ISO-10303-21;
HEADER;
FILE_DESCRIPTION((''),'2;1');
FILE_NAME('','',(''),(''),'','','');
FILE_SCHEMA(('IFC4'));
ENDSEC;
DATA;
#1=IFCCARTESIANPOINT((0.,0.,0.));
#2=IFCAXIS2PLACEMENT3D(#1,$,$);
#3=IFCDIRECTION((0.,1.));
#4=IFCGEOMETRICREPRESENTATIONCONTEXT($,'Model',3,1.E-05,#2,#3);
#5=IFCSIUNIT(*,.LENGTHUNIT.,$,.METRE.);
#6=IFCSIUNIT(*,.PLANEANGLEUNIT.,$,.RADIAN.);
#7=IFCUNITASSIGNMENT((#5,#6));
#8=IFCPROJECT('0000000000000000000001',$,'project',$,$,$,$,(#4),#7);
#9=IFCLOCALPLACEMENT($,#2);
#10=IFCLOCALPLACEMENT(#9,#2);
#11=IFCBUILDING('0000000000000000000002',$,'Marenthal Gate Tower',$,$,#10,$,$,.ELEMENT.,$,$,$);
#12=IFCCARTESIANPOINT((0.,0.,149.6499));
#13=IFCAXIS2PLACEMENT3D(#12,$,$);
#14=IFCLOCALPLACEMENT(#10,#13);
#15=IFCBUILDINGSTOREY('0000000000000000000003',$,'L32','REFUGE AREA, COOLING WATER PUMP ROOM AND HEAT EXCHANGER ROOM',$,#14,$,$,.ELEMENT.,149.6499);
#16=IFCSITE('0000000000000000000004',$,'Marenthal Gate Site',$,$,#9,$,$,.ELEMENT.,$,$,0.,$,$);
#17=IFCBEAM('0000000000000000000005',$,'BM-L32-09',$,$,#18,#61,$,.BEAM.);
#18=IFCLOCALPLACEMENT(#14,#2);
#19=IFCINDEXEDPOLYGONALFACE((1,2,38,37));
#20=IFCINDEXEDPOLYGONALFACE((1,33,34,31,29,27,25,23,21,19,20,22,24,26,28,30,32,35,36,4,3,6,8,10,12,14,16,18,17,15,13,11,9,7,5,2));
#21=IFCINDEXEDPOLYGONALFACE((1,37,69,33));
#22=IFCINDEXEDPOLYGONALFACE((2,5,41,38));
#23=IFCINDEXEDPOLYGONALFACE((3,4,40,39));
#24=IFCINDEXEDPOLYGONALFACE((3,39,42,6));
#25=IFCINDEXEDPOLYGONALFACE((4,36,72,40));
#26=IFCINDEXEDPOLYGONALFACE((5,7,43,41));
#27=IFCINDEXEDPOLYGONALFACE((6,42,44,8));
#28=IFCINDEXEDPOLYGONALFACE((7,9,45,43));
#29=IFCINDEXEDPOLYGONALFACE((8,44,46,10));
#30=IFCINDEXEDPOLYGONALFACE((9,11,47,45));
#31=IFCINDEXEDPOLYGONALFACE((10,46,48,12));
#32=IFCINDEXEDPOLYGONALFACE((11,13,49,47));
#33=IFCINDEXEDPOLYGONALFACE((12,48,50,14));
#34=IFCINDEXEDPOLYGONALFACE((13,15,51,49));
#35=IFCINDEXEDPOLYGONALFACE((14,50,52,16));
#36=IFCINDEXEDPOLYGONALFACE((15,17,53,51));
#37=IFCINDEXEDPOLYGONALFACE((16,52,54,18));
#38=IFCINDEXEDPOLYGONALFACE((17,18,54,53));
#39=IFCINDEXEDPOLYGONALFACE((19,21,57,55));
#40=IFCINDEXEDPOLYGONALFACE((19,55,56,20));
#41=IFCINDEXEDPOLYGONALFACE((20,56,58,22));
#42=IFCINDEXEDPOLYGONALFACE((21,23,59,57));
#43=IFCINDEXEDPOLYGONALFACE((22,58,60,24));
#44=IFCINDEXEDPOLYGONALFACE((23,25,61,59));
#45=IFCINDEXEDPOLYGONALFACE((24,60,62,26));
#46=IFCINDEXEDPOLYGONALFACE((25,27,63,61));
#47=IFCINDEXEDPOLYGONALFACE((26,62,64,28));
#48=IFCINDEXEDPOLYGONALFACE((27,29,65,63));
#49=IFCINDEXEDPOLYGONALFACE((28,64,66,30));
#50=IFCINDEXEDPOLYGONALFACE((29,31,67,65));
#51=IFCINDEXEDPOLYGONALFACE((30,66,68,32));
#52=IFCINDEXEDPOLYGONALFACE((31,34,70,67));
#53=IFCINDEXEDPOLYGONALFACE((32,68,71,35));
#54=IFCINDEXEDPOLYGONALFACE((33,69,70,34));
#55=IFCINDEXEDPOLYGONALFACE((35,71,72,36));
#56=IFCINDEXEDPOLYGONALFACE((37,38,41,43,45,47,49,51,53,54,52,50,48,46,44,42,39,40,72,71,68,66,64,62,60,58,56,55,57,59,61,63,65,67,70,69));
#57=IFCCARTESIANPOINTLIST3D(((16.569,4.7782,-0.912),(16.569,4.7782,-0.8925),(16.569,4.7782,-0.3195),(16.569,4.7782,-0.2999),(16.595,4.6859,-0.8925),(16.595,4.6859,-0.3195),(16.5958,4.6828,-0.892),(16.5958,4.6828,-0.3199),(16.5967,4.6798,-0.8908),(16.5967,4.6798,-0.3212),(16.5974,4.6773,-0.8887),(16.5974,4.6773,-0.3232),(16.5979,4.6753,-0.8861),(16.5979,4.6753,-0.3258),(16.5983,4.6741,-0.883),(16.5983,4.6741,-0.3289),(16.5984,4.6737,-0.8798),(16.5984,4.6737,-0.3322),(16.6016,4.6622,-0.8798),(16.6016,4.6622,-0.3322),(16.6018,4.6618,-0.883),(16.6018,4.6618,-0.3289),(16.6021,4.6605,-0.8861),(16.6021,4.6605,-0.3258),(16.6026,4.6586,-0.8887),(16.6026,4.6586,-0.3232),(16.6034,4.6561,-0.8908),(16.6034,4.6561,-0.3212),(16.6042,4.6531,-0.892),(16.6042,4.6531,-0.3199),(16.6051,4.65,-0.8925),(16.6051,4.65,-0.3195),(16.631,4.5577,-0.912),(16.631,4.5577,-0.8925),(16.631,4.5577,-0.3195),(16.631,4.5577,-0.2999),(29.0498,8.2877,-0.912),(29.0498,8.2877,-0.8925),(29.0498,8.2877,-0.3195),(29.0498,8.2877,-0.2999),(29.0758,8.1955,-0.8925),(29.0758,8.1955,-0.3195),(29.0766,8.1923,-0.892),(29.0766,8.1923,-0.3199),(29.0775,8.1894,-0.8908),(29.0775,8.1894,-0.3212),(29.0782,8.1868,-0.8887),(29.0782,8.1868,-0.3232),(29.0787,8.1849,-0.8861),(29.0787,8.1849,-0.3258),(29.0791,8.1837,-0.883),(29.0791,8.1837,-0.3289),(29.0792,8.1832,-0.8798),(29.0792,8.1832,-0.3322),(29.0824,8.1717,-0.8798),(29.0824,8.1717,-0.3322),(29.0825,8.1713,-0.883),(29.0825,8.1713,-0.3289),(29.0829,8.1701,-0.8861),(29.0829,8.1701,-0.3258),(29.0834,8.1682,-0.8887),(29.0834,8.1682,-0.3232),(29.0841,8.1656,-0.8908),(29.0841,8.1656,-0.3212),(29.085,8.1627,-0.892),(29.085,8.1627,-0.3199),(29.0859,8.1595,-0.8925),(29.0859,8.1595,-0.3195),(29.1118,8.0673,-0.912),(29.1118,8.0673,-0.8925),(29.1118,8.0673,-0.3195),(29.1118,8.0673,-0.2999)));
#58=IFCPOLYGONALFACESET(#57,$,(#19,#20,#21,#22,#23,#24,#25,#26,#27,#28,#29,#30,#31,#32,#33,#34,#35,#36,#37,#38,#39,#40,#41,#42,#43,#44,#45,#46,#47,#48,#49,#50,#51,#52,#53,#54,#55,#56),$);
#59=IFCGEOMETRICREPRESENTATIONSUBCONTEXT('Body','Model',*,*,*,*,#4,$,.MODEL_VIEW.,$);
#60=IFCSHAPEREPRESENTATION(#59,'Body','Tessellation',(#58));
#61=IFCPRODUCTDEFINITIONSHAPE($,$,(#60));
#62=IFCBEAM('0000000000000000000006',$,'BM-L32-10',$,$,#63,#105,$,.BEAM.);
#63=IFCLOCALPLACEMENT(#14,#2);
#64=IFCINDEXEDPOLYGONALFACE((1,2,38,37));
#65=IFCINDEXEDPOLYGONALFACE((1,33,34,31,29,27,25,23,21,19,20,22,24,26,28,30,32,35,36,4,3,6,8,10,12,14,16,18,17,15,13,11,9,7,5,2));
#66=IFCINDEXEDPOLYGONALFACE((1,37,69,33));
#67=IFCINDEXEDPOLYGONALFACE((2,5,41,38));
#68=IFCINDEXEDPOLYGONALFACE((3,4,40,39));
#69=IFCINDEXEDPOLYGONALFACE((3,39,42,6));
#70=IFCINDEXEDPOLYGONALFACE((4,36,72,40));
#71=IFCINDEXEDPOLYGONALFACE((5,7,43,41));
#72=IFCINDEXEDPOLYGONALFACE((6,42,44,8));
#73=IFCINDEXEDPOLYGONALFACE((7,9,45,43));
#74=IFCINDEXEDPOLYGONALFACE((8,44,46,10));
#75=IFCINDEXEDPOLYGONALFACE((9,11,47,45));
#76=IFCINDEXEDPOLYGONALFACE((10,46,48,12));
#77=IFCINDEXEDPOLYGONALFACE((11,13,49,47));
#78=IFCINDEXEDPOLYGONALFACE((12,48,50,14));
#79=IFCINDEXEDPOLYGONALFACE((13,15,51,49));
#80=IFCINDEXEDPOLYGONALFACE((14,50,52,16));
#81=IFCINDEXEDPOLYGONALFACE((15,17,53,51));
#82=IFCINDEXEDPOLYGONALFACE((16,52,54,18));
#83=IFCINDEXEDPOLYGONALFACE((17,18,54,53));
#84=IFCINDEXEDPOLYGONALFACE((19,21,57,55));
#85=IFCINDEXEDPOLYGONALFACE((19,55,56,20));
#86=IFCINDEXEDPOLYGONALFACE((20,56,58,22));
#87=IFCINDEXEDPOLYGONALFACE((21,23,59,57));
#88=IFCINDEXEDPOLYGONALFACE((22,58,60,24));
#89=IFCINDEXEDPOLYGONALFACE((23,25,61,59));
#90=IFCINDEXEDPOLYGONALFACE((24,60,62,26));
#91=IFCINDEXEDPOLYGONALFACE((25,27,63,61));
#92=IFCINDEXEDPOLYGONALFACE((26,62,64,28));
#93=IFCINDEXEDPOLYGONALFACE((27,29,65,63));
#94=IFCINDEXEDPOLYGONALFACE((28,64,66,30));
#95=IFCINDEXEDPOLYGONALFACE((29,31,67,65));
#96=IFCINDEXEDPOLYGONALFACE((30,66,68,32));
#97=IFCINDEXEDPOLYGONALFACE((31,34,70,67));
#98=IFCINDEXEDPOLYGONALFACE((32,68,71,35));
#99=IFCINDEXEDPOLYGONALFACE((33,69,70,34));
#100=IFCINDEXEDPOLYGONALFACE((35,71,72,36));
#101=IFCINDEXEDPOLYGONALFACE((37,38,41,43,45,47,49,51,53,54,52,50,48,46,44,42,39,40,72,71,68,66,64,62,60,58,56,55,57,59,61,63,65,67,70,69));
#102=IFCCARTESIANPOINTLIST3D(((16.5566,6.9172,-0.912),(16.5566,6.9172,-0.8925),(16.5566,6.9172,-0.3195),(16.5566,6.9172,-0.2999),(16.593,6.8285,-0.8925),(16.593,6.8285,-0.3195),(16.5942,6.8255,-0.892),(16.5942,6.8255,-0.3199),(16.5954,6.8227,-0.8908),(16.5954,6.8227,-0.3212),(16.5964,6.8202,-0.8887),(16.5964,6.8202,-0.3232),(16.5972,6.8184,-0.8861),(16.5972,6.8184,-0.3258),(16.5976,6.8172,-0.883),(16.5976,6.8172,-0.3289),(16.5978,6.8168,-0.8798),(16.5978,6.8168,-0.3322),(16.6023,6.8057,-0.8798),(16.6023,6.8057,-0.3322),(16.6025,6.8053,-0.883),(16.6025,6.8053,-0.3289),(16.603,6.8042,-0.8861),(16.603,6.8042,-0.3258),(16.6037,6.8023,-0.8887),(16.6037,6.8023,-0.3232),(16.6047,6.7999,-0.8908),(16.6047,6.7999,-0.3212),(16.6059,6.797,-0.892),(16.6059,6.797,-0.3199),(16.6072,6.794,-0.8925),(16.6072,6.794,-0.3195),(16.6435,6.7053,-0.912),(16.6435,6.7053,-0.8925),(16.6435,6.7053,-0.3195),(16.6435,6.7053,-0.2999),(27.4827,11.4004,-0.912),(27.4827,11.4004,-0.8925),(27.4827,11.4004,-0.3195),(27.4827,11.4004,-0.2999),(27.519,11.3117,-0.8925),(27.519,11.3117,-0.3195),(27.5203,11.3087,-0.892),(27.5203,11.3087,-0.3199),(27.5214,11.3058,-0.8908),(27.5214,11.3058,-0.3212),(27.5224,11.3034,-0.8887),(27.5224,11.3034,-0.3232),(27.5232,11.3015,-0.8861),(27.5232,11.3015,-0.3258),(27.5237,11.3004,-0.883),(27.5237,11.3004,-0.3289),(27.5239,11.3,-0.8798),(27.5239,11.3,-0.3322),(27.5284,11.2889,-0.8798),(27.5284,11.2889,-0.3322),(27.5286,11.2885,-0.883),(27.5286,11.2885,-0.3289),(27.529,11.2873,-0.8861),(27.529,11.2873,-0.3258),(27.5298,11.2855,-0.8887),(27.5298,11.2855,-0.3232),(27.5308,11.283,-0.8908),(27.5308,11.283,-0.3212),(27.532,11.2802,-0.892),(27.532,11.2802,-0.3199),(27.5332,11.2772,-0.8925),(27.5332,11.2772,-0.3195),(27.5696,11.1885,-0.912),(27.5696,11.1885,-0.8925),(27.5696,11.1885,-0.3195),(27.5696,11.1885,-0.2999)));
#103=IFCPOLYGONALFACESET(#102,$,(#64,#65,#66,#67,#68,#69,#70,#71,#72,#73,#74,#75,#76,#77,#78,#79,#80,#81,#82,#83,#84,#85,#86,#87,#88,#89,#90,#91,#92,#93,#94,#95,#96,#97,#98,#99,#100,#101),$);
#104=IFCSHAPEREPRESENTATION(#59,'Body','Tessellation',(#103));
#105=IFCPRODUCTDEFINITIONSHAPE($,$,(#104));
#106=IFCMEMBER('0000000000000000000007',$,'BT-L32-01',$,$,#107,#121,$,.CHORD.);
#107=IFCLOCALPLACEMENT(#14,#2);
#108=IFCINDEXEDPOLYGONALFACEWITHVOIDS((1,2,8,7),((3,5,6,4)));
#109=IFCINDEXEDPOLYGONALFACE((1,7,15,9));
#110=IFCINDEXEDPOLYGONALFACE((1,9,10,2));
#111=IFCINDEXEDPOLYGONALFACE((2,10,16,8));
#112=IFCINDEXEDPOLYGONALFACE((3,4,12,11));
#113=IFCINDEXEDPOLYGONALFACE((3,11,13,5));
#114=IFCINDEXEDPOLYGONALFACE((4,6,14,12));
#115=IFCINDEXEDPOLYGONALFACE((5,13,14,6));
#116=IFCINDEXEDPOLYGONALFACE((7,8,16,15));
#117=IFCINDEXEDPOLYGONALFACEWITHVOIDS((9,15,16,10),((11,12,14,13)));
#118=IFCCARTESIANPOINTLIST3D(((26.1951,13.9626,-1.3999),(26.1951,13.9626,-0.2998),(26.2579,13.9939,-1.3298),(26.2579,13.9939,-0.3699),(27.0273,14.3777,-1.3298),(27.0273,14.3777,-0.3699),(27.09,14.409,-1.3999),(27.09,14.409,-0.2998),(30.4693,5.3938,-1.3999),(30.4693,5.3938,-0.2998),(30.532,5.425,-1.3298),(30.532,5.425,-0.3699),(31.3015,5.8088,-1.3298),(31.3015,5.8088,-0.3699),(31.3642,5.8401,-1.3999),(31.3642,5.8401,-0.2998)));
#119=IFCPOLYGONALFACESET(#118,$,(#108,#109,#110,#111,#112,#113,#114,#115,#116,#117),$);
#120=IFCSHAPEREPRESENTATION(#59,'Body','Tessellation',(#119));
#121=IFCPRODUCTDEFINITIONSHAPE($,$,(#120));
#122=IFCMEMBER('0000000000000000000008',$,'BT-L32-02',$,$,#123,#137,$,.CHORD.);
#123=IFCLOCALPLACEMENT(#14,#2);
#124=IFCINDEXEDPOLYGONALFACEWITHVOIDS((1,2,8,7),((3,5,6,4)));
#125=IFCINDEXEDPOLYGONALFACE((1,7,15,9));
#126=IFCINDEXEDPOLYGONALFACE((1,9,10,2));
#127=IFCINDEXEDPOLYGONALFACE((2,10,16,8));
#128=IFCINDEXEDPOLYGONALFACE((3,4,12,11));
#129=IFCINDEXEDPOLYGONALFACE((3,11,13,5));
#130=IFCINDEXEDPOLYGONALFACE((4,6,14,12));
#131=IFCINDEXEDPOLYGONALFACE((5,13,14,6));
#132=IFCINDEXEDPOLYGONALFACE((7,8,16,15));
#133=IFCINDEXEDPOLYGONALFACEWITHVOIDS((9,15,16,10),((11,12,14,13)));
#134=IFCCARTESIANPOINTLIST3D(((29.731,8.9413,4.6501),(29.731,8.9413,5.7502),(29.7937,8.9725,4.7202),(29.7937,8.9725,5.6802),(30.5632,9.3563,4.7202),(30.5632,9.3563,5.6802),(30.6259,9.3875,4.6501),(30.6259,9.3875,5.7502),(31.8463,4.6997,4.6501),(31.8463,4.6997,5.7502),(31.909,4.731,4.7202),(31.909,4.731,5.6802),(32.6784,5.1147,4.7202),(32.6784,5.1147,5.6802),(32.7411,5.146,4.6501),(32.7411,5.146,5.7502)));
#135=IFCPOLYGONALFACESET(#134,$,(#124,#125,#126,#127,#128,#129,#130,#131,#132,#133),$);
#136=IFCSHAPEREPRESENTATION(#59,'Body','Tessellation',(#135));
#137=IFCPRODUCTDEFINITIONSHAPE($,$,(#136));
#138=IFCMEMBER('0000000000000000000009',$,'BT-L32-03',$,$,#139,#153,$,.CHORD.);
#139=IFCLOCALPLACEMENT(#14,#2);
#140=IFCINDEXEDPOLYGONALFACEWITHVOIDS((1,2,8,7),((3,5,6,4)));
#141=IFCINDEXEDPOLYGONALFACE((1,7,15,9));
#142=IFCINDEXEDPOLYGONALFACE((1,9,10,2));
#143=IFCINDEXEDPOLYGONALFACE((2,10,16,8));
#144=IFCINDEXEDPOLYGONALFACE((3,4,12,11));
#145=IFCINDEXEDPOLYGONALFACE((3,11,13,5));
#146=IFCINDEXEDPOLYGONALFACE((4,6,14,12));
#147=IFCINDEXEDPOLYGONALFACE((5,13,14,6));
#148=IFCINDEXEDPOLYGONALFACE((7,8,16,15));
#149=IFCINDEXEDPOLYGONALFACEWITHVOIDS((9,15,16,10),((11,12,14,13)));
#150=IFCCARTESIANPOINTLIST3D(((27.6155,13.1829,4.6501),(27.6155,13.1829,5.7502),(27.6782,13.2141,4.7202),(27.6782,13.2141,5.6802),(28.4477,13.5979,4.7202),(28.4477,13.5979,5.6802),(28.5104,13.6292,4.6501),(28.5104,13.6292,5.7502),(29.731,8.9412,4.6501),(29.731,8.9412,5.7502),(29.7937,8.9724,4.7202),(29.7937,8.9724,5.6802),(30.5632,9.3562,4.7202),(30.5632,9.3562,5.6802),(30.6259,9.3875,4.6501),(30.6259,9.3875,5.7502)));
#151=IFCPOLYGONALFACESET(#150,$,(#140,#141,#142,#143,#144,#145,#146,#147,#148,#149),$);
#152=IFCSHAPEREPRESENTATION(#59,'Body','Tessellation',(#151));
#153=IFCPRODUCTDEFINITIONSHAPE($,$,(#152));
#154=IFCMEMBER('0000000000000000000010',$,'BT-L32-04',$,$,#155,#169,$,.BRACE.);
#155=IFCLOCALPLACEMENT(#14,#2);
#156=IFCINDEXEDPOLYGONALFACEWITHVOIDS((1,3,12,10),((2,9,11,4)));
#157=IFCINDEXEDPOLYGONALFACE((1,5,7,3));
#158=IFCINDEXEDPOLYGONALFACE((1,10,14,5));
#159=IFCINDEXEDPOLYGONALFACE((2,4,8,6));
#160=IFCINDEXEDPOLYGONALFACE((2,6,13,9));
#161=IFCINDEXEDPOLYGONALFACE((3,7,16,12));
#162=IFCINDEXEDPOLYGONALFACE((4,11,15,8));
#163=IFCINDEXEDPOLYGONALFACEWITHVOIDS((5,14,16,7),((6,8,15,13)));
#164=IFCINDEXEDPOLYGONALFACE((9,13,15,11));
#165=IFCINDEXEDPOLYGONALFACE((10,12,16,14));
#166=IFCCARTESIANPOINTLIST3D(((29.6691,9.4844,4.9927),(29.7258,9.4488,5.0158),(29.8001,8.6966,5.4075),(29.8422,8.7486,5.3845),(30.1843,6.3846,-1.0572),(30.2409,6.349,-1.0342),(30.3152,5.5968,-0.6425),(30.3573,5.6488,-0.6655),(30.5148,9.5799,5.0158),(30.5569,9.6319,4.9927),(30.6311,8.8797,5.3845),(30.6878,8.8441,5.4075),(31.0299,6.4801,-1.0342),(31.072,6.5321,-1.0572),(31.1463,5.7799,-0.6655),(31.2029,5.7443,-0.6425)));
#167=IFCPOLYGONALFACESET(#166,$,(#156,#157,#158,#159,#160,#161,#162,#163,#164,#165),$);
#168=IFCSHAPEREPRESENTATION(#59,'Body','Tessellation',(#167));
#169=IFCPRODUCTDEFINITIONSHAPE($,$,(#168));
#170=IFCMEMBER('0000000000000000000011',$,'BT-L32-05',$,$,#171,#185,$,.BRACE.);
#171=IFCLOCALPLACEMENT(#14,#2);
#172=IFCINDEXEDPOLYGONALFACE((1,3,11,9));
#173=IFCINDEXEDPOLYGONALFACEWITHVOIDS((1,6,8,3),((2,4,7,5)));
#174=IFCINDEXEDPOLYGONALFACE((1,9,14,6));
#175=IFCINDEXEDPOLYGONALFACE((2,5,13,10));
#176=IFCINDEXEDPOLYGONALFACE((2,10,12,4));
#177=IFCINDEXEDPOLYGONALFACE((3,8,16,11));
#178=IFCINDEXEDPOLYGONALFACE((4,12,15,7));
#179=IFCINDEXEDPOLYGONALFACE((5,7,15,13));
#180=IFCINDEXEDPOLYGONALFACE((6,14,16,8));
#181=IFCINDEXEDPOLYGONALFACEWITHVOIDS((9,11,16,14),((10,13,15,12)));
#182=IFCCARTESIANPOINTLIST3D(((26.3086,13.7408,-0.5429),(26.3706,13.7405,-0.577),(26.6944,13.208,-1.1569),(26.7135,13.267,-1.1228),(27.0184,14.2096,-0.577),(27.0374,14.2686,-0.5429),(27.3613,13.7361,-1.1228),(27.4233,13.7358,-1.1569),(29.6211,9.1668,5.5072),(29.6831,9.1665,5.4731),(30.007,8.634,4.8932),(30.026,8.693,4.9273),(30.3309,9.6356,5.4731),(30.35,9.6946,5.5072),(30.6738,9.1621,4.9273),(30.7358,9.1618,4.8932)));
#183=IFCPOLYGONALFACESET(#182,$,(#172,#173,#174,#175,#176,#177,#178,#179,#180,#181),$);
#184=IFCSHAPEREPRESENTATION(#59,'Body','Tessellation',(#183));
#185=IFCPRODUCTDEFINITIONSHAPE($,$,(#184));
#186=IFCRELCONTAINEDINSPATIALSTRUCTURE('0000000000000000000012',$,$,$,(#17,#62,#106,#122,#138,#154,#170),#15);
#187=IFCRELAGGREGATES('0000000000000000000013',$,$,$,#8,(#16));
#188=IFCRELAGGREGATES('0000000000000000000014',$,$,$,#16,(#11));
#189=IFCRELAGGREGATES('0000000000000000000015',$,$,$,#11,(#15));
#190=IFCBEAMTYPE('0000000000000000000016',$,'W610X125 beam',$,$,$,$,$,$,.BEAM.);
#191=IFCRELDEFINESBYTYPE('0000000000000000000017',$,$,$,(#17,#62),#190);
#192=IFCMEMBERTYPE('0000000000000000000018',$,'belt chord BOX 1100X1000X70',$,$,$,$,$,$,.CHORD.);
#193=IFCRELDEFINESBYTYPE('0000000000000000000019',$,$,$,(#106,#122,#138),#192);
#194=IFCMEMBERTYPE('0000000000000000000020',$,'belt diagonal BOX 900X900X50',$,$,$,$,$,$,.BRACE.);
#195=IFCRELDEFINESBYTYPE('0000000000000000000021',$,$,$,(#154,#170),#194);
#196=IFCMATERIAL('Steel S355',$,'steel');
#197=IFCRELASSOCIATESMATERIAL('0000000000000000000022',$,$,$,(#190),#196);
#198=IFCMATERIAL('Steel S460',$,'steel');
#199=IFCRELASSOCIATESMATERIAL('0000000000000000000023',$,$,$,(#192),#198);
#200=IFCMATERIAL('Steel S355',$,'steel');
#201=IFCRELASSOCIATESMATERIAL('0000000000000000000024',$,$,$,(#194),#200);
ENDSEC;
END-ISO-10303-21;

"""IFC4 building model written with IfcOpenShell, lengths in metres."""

from ifc_helpers import new_model, si_unit, direction, frame, origin, origin_2d, place, context, subcontext, project, spatial, hollow_rectangle, i_section, extrude, material, material_profile, profile_set, type_object, element, save


model = new_model("IFC4")

# Units and contexts
model_context = context("Model", 3, precision=1e-05, world=origin(), true_north=direction((0.0, 1.0)))
body_context = subcontext(model_context, "Body", "Model", "MODEL_VIEW")
ifc_project = project(units=[si_unit("LENGTHUNIT", "METRE"), si_unit("PLANEANGLEUNIT", "RADIAN")], contexts=[model_context])

# Site, building, storey
site_placement = place(None, origin())
site = spatial("IfcSite", under=ifc_project, at=site_placement, Name="Marenthal Gate Site", CompositionType="ELEMENT", RefElevation=0.0)
building_placement = place(site_placement, origin())
building = spatial("IfcBuilding", under=site, at=building_placement, Name="Marenthal Gate Tower", CompositionType="ELEMENT")
storey_placement = place(building_placement, frame((0.0, 0.0, 149.6499)))
storey = spatial("IfcBuildingStorey", under=building, at=storey_placement, Name="L32", Description="REFUGE AREA, COOLING WATER PUMP ROOM AND HEAT EXCHANGER ROOM", CompositionType="ELEMENT", Elevation=149.6499)

# Beams
ifc_material_1 = material(Name="Steel S355", Category="steel")
ifc_material_profile_1 = material_profile(ifc_material_1, i_section(OverallWidth=0.229, OverallDepth=0.6121, WebThickness=0.012, FlangeThickness=0.0195, FilletRadius=0.0127, at=origin_2d()), Name="W610X125")
ifc_profile_set_1 = profile_set([ifc_material_profile_1], Name="Steel S355")
beam_type = type_object("IfcBeamType", Name="W610X125 beam", PredefinedType="BEAM", material=ifc_profile_set_1)
beam_1_placement = place(storey_placement, frame((29.0808, 8.1775, -0.606), z_axis=(-0.962665, -0.270697, 0.0), x_axis=(0.270697, -0.962665, 0.0)))
element("IfcBeam", 1, at=beam_1_placement, inside=storey, type_object=beam_type, Name="BM-L32-09", PredefinedType="BEAM", context=body_context, shape_type="SweptSolid", body=[
    extrude(i_section(OverallWidth=0.229, OverallDepth=0.6121, WebThickness=0.012, FlangeThickness=0.0195, FilletRadius=0.0127, at=origin_2d()), origin(), (0.0, 0.0, 1.0), 12.9648),
])
beam_2_placement = place(storey_placement, frame((27.5261, 11.2944, -0.606), z_axis=(-0.925148, -0.379606, 0.0), x_axis=(0.379606, -0.925148, 0.0)))
element("IfcBeam", 2, at=beam_2_placement, inside=storey, type_object=beam_type, Name="BM-L32-10", PredefinedType="BEAM", context=body_context, shape_type="SweptSolid", body=[
    extrude(i_section(OverallWidth=0.229, OverallDepth=0.6121, WebThickness=0.012, FlangeThickness=0.0195, FilletRadius=0.0127, at=origin_2d()), origin(), (0.0, 0.0, 1.0), 11.8101),
])

# Members
ifc_material_2 = material(Name="Steel S460", Category="steel")
ifc_material_profile_2 = material_profile(ifc_material_2, hollow_rectangle(XDim=1.0, YDim=1.1001, WallThickness=0.0701, at=origin_2d()), Name="BOX 1100X1000X70")
ifc_profile_set_2 = profile_set([ifc_material_profile_2], Name="Steel S460")
member_type_1 = type_object("IfcMemberType", Name="belt chord BOX 1100X1000X70", PredefinedType="CHORD", material=ifc_profile_set_2)
member_1_placement = place(storey_placement, frame((30.9167, 5.6169, -0.8499), z_axis=(-0.446357, 0.894855, 0.0), x_axis=(-0.894855, -0.446357, 0.0)))
element("IfcMember", 3, at=member_1_placement, inside=storey, type_object=member_type_1, Name="BT-L32-01", PredefinedType="CHORD", context=body_context, shape_type="SweptSolid", body=[
    extrude(hollow_rectangle(XDim=1.0, YDim=1.1001, WallThickness=0.0701, at=origin_2d()), origin(), (0.0, 0.0, 1.0), 9.5757),
])
member_2_placement = place(storey_placement, frame((32.2937, 4.9229, 5.2002), z_axis=(-0.446286, 0.89489, 0.0), x_axis=(-0.89489, -0.446286, 0.0)))
element("IfcMember", 4, at=member_2_placement, inside=storey, type_object=member_type_1, Name="BT-L32-02", PredefinedType="CHORD", context=body_context, shape_type="SweptSolid", body=[
    extrude(hollow_rectangle(XDim=1.0, YDim=1.1001, WallThickness=0.0701, at=origin_2d()), origin(), (0.0, 0.0, 1.0), 4.7397),
])
member_3_placement = place(storey_placement, frame((30.1785, 9.1643, 5.2002), z_axis=(-0.446307, 0.89488, 0.0), x_axis=(-0.89488, -0.446307, 0.0)))
element("IfcMember", 5, at=member_3_placement, inside=storey, type_object=member_type_1, Name="BT-L32-03", PredefinedType="CHORD", context=body_context, shape_type="SweptSolid", body=[
    extrude(hollow_rectangle(XDim=1.0, YDim=1.1001, WallThickness=0.0701, at=origin_2d()), origin(), (0.0, 0.0, 1.0), 4.74),
])
ifc_material_3 = material(Name="Steel S355", Category="steel")
ifc_material_profile_3 = material_profile(ifc_material_3, hollow_rectangle(XDim=0.8999, YDim=0.8999, WallThickness=0.05, at=origin_2d()), Name="BOX 900X900X50")
ifc_profile_set_3 = profile_set([ifc_material_profile_3], Name="Steel S355")
member_type_2 = type_object("IfcMemberType", Name="belt diagonal BOX 900X900X50", PredefinedType="BRACE", material=ifc_profile_set_3)
member_4_placement = place(storey_placement, frame((30.6936, 6.0645, -0.8499), z_axis=(-0.075562, 0.454694, 0.887436), x_axis=(-0.986472, -0.163933, 0.0)))
element("IfcMember", 6, at=member_4_placement, inside=storey, type_object=member_type_2, Name="BT-L32-04", PredefinedType="BRACE", context=body_context, shape_type="SweptSolid", body=[
    extrude(hollow_rectangle(XDim=0.8999, YDim=0.8999, WallThickness=0.05, at=origin_2d()), origin(), (0.0, 0.0, 1.0), 6.8174),
])
member_5_placement = place(storey_placement, frame((30.1785, 9.1643, 5.2002), z_axis=(-0.40024, 0.55266, -0.73101), x_axis=(-0.809916, -0.586546, 0.0)))
element("IfcMember", 7, at=member_5_placement, inside=storey, type_object=member_type_2, Name="BT-L32-05", PredefinedType="BRACE", context=body_context, shape_type="SweptSolid", body=[
    extrude(hollow_rectangle(XDim=0.8999, YDim=0.8999, WallThickness=0.05, at=origin_2d()), origin(), (0.0, 0.0, 1.0), 8.2764),
])

save(model, "model.ifc")
